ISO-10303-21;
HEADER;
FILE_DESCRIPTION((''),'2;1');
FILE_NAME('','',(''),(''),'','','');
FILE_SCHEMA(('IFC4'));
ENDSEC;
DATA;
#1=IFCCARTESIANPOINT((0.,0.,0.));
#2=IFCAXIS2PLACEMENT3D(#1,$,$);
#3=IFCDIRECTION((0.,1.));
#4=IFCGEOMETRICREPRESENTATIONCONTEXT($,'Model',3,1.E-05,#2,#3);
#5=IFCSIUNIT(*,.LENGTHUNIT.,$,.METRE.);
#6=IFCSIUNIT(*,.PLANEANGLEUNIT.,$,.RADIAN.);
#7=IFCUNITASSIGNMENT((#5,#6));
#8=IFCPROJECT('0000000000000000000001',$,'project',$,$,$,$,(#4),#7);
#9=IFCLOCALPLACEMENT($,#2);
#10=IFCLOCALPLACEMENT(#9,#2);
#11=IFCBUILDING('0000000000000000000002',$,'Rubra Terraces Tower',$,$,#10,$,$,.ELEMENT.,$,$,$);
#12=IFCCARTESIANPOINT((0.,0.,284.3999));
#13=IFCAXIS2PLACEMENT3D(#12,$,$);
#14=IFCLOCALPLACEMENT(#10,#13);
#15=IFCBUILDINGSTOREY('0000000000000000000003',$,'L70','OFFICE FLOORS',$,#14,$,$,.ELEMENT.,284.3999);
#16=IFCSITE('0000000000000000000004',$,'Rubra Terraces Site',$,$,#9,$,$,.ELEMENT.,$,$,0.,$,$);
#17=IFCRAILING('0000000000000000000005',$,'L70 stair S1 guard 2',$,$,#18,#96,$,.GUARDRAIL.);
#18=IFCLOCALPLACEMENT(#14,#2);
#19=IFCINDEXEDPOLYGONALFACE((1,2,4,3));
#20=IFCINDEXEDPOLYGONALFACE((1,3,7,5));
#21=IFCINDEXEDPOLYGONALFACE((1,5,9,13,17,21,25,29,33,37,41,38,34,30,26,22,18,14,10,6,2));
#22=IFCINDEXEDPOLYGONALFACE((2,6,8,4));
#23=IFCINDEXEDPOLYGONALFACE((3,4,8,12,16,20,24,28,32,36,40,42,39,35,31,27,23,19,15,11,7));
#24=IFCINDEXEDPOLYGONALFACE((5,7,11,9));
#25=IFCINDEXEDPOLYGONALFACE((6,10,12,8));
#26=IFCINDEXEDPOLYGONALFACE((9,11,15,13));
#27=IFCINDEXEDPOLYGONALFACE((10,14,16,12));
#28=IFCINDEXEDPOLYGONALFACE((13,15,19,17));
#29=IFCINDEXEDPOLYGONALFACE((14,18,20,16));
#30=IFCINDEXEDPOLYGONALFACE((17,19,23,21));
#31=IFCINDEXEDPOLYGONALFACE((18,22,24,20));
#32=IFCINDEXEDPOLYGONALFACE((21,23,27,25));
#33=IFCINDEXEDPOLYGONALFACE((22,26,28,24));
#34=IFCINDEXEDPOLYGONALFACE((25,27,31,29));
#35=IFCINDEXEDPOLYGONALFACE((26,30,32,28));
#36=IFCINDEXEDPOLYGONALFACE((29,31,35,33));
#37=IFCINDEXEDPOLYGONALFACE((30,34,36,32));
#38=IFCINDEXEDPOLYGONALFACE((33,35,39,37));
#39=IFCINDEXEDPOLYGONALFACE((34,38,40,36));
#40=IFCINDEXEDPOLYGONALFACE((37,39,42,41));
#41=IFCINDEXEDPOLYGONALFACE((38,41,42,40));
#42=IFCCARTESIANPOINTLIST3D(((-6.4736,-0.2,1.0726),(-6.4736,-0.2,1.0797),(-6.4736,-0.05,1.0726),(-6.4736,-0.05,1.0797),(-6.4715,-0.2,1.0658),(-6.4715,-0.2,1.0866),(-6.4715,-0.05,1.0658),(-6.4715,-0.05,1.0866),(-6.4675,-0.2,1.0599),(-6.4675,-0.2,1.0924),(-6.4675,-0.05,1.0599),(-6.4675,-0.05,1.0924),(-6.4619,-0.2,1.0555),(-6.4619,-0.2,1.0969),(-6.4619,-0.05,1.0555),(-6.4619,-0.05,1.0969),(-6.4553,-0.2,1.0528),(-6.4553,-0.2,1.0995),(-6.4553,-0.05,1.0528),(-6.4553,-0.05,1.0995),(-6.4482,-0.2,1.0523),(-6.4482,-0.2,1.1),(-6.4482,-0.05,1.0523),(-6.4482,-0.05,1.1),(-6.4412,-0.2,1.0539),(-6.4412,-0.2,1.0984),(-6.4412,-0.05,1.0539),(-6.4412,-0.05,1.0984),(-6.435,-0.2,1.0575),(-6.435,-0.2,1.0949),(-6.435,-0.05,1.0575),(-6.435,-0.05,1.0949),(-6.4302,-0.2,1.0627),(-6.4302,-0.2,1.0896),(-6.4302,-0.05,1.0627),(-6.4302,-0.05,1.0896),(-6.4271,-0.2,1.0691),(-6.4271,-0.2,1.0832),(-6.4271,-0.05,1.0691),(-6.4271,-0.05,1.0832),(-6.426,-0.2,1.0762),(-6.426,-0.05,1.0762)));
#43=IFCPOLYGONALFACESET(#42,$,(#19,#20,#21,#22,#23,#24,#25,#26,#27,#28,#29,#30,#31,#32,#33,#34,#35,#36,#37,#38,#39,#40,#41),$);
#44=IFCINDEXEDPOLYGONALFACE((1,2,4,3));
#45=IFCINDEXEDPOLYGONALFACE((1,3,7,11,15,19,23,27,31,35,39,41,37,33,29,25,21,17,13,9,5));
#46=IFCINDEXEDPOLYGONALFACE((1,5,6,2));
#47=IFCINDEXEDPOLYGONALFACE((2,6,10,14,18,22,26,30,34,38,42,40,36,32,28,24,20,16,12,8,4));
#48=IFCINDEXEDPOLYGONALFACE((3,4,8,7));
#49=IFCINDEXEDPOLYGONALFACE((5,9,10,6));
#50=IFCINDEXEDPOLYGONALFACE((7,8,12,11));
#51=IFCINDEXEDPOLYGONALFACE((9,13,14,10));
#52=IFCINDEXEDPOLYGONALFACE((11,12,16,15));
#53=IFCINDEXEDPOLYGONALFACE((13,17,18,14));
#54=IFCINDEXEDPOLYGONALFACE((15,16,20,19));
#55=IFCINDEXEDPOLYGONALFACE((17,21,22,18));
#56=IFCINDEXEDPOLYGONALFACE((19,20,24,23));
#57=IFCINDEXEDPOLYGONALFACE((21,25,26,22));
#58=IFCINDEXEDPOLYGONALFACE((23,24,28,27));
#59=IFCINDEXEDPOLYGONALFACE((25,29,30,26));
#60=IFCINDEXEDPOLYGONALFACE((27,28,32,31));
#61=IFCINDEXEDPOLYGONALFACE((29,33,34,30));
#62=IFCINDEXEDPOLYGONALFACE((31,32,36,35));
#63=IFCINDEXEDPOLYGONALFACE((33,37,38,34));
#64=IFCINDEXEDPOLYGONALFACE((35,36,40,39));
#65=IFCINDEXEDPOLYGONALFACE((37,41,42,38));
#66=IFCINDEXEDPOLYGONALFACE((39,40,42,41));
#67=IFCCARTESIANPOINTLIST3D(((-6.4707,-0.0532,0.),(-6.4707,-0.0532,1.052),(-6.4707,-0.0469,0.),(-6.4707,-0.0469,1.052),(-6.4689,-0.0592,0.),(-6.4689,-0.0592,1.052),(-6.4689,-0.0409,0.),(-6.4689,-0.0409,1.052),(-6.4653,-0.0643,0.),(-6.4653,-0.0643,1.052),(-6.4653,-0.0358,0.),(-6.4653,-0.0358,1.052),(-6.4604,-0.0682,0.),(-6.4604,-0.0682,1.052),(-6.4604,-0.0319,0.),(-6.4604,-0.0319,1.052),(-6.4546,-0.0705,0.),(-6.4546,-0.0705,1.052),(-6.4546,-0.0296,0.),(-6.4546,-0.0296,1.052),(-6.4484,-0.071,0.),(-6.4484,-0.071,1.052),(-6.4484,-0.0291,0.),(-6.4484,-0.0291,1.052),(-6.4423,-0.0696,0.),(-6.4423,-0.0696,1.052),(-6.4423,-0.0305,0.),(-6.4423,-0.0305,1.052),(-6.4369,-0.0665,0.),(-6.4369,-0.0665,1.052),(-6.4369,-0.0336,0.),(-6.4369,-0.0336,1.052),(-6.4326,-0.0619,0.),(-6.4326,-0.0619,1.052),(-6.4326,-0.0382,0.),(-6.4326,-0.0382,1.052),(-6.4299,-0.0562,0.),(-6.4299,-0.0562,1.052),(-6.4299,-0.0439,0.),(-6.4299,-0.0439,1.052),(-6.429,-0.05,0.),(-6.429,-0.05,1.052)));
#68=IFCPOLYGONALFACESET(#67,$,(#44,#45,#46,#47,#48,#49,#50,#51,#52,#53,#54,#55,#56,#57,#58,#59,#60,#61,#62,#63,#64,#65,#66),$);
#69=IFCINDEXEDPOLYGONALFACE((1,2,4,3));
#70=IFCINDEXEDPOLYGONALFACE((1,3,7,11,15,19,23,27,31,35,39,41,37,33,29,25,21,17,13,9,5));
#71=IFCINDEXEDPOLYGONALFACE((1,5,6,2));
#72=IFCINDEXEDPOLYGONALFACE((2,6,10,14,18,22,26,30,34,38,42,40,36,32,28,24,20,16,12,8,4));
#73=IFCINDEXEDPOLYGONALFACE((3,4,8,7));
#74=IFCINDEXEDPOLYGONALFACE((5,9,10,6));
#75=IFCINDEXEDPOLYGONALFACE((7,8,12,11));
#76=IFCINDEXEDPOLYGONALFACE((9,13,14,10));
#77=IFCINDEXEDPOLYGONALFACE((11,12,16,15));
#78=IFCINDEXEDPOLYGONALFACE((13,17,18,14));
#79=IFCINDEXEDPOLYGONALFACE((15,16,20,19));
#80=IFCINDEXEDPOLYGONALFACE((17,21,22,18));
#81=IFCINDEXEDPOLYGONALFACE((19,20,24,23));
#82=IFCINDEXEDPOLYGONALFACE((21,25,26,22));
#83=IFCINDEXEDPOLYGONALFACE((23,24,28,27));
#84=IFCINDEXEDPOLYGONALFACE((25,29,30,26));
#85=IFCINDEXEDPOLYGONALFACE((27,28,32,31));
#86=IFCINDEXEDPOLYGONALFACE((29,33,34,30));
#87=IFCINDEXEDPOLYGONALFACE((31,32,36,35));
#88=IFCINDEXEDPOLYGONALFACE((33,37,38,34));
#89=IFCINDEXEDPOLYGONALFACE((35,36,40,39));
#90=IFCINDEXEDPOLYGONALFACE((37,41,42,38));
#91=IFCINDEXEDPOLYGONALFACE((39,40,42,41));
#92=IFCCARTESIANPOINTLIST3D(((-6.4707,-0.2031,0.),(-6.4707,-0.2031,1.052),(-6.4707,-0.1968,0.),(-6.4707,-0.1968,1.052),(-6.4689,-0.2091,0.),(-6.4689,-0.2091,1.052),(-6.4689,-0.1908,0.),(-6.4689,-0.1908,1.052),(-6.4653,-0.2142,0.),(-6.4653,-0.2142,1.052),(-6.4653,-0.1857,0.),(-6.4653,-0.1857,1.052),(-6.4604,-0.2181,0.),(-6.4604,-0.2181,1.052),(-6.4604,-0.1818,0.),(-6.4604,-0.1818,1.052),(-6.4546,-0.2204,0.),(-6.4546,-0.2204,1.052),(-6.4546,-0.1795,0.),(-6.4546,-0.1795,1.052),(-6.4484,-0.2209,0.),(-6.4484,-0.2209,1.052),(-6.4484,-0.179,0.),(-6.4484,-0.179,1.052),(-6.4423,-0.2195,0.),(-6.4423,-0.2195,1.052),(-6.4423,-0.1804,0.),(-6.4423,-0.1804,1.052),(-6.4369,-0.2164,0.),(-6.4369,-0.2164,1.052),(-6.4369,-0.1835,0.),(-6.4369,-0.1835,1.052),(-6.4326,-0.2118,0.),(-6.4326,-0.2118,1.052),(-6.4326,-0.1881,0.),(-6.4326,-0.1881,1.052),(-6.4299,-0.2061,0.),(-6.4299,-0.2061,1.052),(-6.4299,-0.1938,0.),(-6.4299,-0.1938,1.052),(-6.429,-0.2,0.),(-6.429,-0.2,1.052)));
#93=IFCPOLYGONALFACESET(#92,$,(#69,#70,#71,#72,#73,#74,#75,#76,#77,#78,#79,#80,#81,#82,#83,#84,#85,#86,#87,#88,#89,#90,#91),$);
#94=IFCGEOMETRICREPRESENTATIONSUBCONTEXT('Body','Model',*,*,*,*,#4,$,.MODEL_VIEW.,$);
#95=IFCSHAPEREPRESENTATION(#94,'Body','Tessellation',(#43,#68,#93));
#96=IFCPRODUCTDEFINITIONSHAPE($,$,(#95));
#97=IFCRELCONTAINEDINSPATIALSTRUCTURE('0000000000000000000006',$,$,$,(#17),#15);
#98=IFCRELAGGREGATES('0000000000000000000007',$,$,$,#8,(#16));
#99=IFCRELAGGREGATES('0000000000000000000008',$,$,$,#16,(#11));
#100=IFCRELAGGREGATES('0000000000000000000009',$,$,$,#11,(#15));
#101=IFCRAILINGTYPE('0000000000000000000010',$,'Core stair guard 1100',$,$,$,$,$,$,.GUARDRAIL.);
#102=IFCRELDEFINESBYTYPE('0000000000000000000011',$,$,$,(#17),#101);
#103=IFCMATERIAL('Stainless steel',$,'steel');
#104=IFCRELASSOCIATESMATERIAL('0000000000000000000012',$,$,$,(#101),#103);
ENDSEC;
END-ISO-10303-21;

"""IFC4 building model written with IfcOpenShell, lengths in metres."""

from ifc_helpers import new_model, si_unit, direction, frame, origin, origin_2d, place, context, subcontext, project, spatial, circle, extrude, material, type_object, element, save


model = new_model("IFC4")

# Units and contexts
model_context = context("Model", 3, precision=1e-05, world=origin(), true_north=direction((0.0, 1.0)))
body_context = subcontext(model_context, "Body", "Model", "MODEL_VIEW")
ifc_project = project(units=[si_unit("LENGTHUNIT", "METRE"), si_unit("PLANEANGLEUNIT", "RADIAN")], contexts=[model_context])

# Site, building, storey
site_placement = place(None, origin())
site = spatial("IfcSite", under=ifc_project, at=site_placement, Name="Rubra Terraces Site", CompositionType="ELEMENT", RefElevation=0.0)
building_placement = place(site_placement, origin())
building = spatial("IfcBuilding", under=site, at=building_placement, Name="Rubra Terraces Tower", CompositionType="ELEMENT")
storey_placement = place(building_placement, frame((0.0, 0.0, 284.3999)))
storey = spatial("IfcBuildingStorey", under=building, at=storey_placement, Name="L70", Description="OFFICE FLOORS", CompositionType="ELEMENT", Elevation=284.3999)

# Railing
ifc_material_1 = material(Name="Stainless steel", Category="steel")
railing_type = type_object("IfcRailingType", Name="Core stair guard 1100", PredefinedType="GUARDRAIL", material=ifc_material_1)
railing_1_placement = place(storey_placement, frame((-6.45, -0.05, 0.0)))
element("IfcRailing", 1, at=railing_1_placement, inside=storey, type_object=railing_type, Name="L70 stair S1 guard 2", PredefinedType="GUARDRAIL", context=body_context, shape_type="SweptSolid", body=[
    extrude(circle(Radius=0.0239, at=origin_2d()), frame((0.0, 0.0, 1.0762), z_axis=(0.0, -1.0, 0.0), x_axis=(1.0, 0.0, 0.0)), (0.0, 0.0, 1.0), 0.1499),
    extrude(circle(Radius=0.021, at=origin_2d()), origin(), (0.0, 0.0, 1.0), 1.052),
    extrude(circle(Radius=0.021, at=origin_2d()), frame((0.0, -0.1499, 0.0)), (0.0, 0.0, 1.0), 1.052),
])

save(model, "model.ifc")
